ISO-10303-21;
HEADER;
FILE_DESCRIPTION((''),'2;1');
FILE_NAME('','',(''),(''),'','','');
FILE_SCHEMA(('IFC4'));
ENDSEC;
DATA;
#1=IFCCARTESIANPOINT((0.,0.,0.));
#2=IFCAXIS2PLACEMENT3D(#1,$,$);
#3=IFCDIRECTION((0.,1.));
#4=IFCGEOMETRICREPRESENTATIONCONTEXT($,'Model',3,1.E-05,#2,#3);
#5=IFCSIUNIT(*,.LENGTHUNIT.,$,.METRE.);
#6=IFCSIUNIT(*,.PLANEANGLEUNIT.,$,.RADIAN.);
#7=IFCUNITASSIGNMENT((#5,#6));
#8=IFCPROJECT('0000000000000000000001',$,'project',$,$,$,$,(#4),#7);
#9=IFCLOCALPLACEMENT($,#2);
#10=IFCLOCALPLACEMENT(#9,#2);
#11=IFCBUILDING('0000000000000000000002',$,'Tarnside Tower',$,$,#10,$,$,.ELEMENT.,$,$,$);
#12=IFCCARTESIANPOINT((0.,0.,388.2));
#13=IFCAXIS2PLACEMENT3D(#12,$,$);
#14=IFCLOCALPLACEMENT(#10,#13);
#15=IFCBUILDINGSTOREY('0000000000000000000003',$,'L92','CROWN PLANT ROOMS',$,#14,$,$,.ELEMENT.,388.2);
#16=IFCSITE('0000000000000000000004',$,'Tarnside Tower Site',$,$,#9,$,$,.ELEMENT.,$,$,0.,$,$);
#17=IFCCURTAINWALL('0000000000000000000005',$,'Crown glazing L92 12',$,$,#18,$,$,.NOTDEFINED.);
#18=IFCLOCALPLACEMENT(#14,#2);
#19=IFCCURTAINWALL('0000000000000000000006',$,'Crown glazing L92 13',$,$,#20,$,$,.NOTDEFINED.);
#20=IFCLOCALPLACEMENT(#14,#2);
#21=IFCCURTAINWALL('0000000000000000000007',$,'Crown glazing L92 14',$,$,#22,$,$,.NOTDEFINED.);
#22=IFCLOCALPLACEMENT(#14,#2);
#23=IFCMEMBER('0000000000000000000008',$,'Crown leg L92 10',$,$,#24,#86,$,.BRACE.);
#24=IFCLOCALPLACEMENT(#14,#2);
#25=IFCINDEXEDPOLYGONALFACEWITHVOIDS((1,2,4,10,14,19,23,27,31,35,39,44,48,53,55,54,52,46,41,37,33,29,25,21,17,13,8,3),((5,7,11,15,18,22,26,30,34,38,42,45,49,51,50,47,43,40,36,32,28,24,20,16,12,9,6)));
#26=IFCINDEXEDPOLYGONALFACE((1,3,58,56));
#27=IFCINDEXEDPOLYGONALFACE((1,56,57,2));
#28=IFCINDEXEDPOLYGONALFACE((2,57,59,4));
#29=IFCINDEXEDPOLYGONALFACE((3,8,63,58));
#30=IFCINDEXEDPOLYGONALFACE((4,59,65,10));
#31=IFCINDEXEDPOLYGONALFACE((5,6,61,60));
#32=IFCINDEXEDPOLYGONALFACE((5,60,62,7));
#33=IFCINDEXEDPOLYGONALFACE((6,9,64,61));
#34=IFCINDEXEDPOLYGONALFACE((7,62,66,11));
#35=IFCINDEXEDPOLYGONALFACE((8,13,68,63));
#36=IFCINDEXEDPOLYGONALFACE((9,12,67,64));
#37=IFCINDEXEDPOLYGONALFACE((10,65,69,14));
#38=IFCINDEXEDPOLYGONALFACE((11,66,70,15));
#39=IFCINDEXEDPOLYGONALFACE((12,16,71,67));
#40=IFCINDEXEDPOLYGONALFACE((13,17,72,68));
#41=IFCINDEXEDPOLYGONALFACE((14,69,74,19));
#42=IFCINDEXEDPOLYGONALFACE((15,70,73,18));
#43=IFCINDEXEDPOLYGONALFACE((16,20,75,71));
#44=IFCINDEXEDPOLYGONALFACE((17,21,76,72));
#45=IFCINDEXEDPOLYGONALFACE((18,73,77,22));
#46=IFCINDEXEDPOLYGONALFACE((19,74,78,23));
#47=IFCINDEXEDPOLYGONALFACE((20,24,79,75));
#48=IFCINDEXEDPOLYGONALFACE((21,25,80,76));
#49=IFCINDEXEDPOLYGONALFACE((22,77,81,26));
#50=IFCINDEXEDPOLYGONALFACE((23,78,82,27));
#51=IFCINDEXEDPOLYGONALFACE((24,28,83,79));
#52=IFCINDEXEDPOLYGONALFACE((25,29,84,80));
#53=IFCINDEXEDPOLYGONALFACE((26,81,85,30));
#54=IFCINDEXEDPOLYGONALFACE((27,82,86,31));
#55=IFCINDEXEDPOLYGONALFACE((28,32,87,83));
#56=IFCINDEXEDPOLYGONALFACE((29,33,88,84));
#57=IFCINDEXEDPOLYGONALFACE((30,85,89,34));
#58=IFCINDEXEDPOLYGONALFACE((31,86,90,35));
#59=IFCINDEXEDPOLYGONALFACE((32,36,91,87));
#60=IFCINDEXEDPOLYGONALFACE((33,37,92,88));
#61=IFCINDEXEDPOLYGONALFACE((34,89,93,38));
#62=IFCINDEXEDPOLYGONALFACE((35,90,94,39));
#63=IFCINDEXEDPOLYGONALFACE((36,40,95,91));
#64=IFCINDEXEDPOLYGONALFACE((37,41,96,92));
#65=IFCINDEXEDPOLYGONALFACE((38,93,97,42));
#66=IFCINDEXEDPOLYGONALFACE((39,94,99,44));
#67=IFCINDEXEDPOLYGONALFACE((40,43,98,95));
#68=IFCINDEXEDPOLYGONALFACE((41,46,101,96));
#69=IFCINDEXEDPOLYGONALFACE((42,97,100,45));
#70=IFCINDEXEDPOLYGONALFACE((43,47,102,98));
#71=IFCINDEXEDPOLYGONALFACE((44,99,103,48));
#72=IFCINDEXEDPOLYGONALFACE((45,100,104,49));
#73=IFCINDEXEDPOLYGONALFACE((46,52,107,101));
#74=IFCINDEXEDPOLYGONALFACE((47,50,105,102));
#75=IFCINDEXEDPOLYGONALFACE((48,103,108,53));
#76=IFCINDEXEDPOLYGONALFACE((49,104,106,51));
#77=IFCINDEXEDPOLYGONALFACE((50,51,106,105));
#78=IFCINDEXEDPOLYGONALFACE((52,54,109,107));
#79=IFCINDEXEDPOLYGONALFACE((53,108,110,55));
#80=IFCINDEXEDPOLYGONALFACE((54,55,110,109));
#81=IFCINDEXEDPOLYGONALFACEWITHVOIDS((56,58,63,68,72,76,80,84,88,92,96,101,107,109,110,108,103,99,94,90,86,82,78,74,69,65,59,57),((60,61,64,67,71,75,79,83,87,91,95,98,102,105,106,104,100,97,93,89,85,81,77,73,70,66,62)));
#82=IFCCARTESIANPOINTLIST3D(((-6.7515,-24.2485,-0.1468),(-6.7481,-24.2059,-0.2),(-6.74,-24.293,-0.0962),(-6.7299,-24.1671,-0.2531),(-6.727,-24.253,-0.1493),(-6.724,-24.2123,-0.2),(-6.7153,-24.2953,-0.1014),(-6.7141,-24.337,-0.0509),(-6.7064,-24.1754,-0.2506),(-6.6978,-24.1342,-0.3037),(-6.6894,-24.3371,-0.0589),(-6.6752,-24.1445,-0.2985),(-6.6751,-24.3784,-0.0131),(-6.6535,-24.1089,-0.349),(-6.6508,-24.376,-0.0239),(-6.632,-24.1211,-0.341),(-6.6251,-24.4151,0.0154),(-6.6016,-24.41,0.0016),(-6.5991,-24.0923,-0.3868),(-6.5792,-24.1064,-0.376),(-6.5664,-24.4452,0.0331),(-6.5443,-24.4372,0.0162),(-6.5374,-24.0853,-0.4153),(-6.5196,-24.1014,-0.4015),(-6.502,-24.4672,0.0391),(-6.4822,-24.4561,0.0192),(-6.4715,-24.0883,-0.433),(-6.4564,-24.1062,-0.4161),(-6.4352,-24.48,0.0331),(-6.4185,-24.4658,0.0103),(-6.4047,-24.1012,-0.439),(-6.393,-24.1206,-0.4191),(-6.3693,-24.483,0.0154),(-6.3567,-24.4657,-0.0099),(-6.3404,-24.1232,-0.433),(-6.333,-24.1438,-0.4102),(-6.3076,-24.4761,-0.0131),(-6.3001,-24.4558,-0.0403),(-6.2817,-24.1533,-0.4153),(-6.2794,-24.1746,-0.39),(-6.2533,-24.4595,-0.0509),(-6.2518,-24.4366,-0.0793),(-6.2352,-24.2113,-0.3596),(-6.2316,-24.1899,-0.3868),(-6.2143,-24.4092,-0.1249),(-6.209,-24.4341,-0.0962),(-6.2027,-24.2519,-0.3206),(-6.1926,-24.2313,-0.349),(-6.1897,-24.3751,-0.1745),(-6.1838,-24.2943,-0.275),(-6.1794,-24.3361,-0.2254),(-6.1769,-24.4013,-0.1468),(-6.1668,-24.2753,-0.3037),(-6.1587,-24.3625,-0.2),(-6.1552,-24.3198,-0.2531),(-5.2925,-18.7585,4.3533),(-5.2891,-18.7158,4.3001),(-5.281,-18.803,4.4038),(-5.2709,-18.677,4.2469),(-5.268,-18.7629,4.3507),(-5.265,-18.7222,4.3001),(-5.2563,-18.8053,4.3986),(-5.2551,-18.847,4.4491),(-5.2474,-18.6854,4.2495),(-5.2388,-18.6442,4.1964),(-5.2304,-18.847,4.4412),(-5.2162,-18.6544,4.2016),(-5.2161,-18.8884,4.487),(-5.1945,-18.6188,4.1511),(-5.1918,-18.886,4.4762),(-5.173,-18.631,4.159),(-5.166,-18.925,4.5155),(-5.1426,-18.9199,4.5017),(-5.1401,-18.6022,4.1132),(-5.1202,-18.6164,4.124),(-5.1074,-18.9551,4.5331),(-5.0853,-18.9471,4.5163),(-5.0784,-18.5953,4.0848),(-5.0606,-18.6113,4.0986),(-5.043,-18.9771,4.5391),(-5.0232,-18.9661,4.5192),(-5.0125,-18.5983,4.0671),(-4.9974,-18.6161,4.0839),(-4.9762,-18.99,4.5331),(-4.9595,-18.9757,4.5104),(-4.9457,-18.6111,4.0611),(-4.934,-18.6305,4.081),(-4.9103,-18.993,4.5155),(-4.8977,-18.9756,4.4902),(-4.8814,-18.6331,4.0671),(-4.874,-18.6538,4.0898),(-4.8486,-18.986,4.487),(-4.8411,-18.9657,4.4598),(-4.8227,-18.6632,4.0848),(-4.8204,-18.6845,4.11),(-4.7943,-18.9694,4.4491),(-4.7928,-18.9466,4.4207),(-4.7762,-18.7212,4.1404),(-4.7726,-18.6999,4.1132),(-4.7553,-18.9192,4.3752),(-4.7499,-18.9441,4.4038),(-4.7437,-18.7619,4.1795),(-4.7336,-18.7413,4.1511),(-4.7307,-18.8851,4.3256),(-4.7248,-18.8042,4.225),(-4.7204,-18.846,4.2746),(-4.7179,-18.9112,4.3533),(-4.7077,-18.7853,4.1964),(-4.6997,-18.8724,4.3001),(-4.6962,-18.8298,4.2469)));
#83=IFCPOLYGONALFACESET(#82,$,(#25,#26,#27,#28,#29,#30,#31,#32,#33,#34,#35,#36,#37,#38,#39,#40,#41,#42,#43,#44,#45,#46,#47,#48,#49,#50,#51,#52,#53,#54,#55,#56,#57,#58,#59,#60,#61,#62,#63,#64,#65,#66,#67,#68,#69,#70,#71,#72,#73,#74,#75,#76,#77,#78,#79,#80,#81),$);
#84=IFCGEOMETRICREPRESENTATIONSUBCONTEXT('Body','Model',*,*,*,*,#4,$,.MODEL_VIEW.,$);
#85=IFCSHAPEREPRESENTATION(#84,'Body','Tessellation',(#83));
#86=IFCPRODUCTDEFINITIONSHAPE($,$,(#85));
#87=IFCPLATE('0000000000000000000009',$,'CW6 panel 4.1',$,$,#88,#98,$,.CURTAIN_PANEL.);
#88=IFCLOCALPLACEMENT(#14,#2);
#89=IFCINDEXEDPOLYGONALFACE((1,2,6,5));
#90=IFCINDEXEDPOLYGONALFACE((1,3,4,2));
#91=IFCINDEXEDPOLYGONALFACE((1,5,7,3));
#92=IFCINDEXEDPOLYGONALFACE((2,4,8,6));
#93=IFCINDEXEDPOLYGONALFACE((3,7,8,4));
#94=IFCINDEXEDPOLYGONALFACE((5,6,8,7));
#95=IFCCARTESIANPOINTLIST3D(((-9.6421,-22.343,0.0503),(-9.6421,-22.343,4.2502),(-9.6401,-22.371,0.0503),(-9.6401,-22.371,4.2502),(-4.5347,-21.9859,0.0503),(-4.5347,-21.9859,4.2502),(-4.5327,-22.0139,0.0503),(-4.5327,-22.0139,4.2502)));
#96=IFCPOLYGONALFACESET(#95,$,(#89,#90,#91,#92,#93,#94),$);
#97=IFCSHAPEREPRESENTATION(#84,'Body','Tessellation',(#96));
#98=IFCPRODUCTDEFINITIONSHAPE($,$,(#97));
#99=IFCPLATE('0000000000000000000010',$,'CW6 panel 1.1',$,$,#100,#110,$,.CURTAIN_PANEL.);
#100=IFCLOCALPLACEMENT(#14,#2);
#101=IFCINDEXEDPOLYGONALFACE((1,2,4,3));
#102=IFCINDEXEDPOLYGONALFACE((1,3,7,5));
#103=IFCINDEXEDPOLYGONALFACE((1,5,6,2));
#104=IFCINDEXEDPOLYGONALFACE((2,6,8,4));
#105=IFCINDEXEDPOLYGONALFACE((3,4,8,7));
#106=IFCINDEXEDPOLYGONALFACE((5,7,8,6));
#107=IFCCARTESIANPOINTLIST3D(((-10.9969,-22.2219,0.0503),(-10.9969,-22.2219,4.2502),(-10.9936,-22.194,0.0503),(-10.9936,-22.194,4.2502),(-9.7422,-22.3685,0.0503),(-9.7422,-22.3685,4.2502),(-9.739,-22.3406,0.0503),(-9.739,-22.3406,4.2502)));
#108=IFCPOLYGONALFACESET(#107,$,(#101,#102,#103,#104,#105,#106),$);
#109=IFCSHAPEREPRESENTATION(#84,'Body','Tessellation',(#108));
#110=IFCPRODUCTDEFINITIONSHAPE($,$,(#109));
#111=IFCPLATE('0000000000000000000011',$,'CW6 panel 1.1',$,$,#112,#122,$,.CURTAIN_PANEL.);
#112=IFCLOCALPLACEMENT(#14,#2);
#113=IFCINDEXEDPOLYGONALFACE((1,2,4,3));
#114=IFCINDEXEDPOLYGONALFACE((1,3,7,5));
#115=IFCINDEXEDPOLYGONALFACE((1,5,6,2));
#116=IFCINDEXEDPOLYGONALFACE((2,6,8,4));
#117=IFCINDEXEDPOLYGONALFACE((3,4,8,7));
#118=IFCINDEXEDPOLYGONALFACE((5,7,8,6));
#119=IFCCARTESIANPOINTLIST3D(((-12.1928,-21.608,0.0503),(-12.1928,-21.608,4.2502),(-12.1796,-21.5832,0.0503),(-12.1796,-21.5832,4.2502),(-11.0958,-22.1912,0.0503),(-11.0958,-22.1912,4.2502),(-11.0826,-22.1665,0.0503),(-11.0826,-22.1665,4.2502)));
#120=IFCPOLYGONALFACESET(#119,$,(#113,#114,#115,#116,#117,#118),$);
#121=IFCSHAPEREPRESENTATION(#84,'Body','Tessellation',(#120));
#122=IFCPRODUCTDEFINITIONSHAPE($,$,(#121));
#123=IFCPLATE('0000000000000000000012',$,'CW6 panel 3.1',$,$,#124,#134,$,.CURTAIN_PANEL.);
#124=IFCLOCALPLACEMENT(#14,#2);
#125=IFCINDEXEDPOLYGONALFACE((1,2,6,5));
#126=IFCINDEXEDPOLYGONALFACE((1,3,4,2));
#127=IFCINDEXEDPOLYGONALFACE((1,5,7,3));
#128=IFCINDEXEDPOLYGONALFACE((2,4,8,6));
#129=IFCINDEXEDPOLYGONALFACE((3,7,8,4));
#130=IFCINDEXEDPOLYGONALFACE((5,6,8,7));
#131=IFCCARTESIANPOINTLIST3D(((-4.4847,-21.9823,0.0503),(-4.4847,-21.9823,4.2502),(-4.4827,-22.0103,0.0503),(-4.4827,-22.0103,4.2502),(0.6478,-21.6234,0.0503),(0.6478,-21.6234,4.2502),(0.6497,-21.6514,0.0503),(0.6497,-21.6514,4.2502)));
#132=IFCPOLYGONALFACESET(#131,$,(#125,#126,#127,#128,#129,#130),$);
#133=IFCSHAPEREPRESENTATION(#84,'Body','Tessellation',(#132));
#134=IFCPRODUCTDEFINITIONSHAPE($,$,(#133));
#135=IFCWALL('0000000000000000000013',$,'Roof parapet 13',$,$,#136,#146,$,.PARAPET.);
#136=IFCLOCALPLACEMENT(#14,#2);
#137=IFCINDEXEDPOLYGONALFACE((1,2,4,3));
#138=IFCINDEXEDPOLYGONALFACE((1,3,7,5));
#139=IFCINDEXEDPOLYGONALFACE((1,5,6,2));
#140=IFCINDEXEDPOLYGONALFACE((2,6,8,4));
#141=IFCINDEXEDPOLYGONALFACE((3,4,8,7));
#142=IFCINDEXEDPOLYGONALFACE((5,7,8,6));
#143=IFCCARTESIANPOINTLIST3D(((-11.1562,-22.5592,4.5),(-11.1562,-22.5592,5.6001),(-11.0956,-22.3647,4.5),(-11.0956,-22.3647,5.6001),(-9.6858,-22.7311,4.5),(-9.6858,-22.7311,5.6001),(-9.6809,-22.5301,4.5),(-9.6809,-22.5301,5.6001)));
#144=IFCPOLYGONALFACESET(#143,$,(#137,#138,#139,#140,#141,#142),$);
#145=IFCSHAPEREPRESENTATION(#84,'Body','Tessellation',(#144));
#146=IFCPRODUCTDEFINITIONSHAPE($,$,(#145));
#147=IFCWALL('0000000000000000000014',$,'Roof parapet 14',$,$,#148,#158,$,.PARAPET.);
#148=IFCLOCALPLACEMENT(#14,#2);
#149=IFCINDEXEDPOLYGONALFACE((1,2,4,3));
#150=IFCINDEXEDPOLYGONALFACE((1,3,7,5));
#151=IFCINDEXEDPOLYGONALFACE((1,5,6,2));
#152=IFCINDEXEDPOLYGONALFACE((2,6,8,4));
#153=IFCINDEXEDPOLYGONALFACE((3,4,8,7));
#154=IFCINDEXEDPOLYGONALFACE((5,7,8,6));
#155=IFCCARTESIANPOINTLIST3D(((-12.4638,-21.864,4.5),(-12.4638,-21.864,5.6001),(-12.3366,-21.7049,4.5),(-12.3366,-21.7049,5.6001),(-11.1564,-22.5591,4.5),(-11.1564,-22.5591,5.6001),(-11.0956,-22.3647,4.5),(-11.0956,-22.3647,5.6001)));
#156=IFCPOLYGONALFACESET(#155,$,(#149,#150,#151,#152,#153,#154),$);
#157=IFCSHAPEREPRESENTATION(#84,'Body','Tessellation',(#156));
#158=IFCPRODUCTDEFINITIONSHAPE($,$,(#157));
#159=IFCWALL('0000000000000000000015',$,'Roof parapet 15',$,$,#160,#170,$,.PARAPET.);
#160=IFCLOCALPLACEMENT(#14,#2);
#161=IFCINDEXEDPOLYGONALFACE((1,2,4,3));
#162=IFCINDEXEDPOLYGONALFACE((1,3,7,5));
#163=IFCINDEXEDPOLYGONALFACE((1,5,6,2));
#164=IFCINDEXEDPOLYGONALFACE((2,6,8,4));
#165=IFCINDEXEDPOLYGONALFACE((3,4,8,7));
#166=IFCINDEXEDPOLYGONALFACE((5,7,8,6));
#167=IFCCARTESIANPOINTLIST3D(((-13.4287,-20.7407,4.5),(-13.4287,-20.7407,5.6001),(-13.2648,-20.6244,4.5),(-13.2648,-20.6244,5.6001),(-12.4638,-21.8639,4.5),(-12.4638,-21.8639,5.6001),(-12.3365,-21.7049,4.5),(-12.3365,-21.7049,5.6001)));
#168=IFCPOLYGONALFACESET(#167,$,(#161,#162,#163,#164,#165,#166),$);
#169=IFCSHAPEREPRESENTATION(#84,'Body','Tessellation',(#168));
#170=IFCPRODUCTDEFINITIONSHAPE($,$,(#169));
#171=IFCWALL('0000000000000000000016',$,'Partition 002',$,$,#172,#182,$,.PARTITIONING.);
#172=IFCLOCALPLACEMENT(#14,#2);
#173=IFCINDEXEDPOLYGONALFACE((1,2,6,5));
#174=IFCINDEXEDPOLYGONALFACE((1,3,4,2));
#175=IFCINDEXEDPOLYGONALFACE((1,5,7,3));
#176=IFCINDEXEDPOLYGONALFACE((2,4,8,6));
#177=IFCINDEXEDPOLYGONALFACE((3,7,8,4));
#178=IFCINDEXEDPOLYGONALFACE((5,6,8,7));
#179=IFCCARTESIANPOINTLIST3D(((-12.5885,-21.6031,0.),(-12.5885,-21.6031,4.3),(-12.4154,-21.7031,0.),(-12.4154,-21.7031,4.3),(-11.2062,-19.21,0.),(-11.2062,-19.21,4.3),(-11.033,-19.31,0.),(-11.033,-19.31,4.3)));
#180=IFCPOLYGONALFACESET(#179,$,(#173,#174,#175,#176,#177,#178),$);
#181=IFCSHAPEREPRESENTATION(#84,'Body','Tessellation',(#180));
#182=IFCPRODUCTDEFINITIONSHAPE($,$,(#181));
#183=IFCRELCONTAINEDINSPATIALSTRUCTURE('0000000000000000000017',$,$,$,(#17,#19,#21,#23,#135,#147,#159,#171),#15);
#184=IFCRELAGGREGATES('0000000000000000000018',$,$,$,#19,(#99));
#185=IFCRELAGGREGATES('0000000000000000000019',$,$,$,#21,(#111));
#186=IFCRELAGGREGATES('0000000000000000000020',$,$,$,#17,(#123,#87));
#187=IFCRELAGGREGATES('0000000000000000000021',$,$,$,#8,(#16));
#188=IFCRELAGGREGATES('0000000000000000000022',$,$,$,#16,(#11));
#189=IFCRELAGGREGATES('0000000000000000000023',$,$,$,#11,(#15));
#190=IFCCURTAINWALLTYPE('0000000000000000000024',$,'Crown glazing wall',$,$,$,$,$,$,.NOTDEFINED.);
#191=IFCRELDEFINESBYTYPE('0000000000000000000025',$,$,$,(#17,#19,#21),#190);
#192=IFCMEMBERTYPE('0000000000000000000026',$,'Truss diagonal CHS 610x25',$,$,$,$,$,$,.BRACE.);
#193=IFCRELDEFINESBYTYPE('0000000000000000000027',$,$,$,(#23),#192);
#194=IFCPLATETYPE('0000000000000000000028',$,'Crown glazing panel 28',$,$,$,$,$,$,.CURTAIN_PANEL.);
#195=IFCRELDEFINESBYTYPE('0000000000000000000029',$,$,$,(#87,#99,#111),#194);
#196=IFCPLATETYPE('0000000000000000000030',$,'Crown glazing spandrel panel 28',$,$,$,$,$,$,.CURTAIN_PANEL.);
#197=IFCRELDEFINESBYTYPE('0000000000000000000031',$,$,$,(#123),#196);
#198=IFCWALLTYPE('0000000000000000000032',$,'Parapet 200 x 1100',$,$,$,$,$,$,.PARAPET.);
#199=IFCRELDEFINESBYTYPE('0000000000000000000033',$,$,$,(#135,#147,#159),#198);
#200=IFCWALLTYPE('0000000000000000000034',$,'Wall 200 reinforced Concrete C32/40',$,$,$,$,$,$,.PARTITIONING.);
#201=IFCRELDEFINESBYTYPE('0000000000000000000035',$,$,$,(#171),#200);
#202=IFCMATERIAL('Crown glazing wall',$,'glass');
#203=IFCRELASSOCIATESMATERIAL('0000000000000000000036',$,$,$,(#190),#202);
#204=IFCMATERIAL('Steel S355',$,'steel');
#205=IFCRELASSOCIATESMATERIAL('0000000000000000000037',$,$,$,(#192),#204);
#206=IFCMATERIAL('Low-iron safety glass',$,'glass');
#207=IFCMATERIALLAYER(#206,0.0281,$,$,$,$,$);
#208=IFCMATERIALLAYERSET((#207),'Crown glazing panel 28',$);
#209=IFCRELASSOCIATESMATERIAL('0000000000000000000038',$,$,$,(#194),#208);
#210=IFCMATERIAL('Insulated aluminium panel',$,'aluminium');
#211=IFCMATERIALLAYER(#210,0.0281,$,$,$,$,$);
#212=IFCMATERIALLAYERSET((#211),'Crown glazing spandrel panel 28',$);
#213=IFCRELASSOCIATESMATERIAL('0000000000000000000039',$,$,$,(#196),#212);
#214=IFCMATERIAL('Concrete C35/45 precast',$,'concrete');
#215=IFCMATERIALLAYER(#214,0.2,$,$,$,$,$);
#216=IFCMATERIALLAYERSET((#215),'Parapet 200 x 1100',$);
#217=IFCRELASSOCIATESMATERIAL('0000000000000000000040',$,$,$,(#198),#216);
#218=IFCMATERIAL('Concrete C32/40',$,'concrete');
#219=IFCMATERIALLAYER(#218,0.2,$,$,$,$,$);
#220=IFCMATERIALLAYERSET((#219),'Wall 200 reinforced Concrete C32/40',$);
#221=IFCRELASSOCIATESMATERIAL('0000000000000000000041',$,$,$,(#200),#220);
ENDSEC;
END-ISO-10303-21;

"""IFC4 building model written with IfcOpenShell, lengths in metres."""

from ifc_helpers import new_model, si_unit, direction, frame, frame_2d, origin, origin_2d, place, context, subcontext, project, spatial, polyline, rectangle, hollow_circle, outline, extrude, material, layer, layer_set, material_profile, profile_set, type_object, element, aggregate, save


model = new_model("IFC4")

# Units and contexts
model_context = context("Model", 3, precision=1e-05, world=origin(), true_north=direction((0.0, 1.0)))
body_context = subcontext(model_context, "Body", "Model", "MODEL_VIEW")
ifc_project = project(units=[si_unit("LENGTHUNIT", "METRE"), si_unit("PLANEANGLEUNIT", "RADIAN")], contexts=[model_context])

# Site, building, storey
site_placement = place(None, origin())
site = spatial("IfcSite", under=ifc_project, at=site_placement, Name="Tarnside Tower Site", CompositionType="ELEMENT", RefElevation=0.0)
building_placement = place(site_placement, origin())
building = spatial("IfcBuilding", under=site, at=building_placement, Name="Tarnside Tower", CompositionType="ELEMENT")
storey_placement = place(building_placement, frame((0.0, 0.0, 388.2)))
storey = spatial("IfcBuildingStorey", under=building, at=storey_placement, Name="L92", Description="CROWN PLANT ROOMS", CompositionType="ELEMENT", Elevation=388.2)

# Curtain walls
ifc_material_1 = material(Name="Crown glazing wall", Category="glass")
curtain_wall_type = type_object("IfcCurtainWallType", Name="Crown glazing wall", PredefinedType="NOTDEFINED", material=ifc_material_1)
curtain_wall_1_placement = place(storey_placement, origin())
curtain_wall_1 = element("IfcCurtainWall", 1, at=curtain_wall_1_placement, inside=storey, type_object=curtain_wall_type, Name="Crown glazing L92 12", PredefinedType="NOTDEFINED")
curtain_wall_2_placement = place(storey_placement, origin())
curtain_wall_2 = element("IfcCurtainWall", 2, at=curtain_wall_2_placement, inside=storey, type_object=curtain_wall_type, Name="Crown glazing L92 13", PredefinedType="NOTDEFINED")
curtain_wall_3_placement = place(storey_placement, origin())
curtain_wall_3 = element("IfcCurtainWall", 3, at=curtain_wall_3_placement, inside=storey, type_object=curtain_wall_type, Name="Crown glazing L92 14", PredefinedType="NOTDEFINED")

# Member
ifc_material_2 = material(Name="Steel S355", Category="steel")
ifc_material_profile_1 = material_profile(ifc_material_2, hollow_circle(Radius=0.3049, WallThickness=0.0249, at=origin_2d()), Name="CHS 610x25")
ifc_profile_set_1 = profile_set([ifc_material_profile_1], Name="Steel S355")
member_type_1 = type_object("IfcMemberType", Name="Truss diagonal CHS 610x25", PredefinedType="BRACE", material=ifc_profile_set_1)
member_1_placement = place(storey_placement, frame((-6.4534, -24.2842, -0.2), z_axis=(0.201323, 0.757556, 0.620949), x_axis=(-0.966454, 0.256839, 0.0)))
element("IfcMember", 4, at=member_1_placement, inside=storey, type_object=member_type_1, Name="Crown leg L92 10", PredefinedType="BRACE", context=body_context, shape_type="SweptSolid", body=[
    extrude(hollow_circle(Radius=0.3049, WallThickness=0.0249, at=origin_2d()), origin(), (0.0, 0.0, 1.0), 7.2471),
])

# Plates
ifc_material_3 = material(Name="Low-iron safety glass", Category="glass")
ifc_layer_1 = layer(ifc_material_3, 0.0281)
ifc_layer_set_1 = layer_set([ifc_layer_1], Name="Crown glazing panel 28")
plate_type_1 = type_object("IfcPlateType", Name="Crown glazing panel 28", PredefinedType="CURTAIN_PANEL", material=ifc_layer_set_1)
plate_1_placement = place(storey_placement, frame((-7.0874, -22.1785, 0.0503), z_axis=(0.0, 0.0, 1.0), x_axis=(-0.997564, -0.069756, 0.0)))
plate_1 = element("IfcPlate", 5, at=plate_1_placement, type_object=plate_type_1, Name="CW6 panel 4.1", PredefinedType="CURTAIN_PANEL", context=body_context, shape_type="SweptSolid", body=[
    extrude(rectangle(XDim=5.1199, YDim=0.0281, at=origin_2d()), origin(), (0.0, 0.0, 1.0), 4.2),
])
plate_2_placement = place(storey_placement, frame((-10.3679, -22.2812, 0.0503), z_axis=(0.0, 0.0, 1.0), x_axis=(-0.993238, 0.116093, 0.0)))
plate_2 = element("IfcPlate", 6, at=plate_2_placement, type_object=plate_type_1, Name="CW6 panel 1.1", PredefinedType="CURTAIN_PANEL", context=body_context, shape_type="SweptSolid", body=[
    extrude(rectangle(XDim=1.2632, YDim=0.0281, at=origin_2d()), origin(), (0.0, 0.0, 1.0), 4.2),
])
aggregate(curtain_wall_2, [plate_2])
plate_3_placement = place(storey_placement, frame((-11.6377, -21.8872, 0.0503), z_axis=(0.0, 0.0, 1.0), x_axis=(-0.882948, 0.469472, 0.0)))
plate_3 = element("IfcPlate", 7, at=plate_3_placement, type_object=plate_type_1, Name="CW6 panel 1.1", PredefinedType="CURTAIN_PANEL", context=body_context, shape_type="SweptSolid", body=[
    extrude(rectangle(XDim=1.2424, YDim=0.0281, at=origin_2d()), origin(), (0.0, 0.0, 1.0), 4.2),
])
aggregate(curtain_wall_3, [plate_3])
ifc_material_4 = material(Name="Insulated aluminium panel", Category="aluminium")
ifc_layer_2 = layer(ifc_material_4, 0.0281)
ifc_layer_set_2 = layer_set([ifc_layer_2], Name="Crown glazing spandrel panel 28")
plate_type_2 = type_object("IfcPlateType", Name="Crown glazing spandrel panel 28", PredefinedType="CURTAIN_PANEL", material=ifc_layer_set_2)
plate_4_placement = place(storey_placement, frame((-1.9175, -21.8169, 0.0503), z_axis=(0.0, 0.0, 1.0), x_axis=(-0.997564, -0.069756, 0.0)))
plate_4 = element("IfcPlate", 8, at=plate_4_placement, type_object=plate_type_2, Name="CW6 panel 3.1", PredefinedType="CURTAIN_PANEL", context=body_context, shape_type="SweptSolid", body=[
    extrude(rectangle(XDim=5.145, YDim=0.0281, at=origin_2d()), origin(), (0.0, 0.0, 1.0), 4.2),
])
aggregate(curtain_wall_1, [plate_4, plate_1])

# Walls
ifc_material_5 = material(Name="Concrete C35/45 precast", Category="concrete")
ifc_layer_3 = layer(ifc_material_5, 0.2)
ifc_layer_set_3 = layer_set([ifc_layer_3], Name="Parapet 200 x 1100")
wall_type_1 = type_object("IfcWallType", Name="Parapet 200 x 1100", PredefinedType="PARAPET", material=ifc_layer_set_3)
wall_1_placement = place(storey_placement, frame((-9.6833, -22.6306, 4.5), z_axis=(0.0, 0.0, 1.0), x_axis=(-0.993232, 0.116149, 0.0)))
element("IfcWall", 9, at=wall_1_placement, inside=storey, type_object=wall_type_1, Name="Roof parapet 13", PredefinedType="PARAPET", context=body_context, shape_type="SweptSolid", body=[
    extrude(outline(polyline([(0.0093, -0.1001), (1.4336, -0.1001), (1.4712, 0.1001), (-0.0093, 0.1001), (0.0093, -0.1001)])), origin(), (0.0, 0.0, 1.0), 1.1001),
])
wall_2_placement = place(storey_placement, frame((-11.126, -22.4619, 4.5), z_axis=(0.0, 0.0, 1.0), x_axis=(-0.882947, 0.469473, 0.0)))
element("IfcWall", 10, at=wall_2_placement, inside=storey, type_object=wall_type_1, Name="Roof parapet 14", PredefinedType="PARAPET", context=body_context, shape_type="SweptSolid", body=[
    extrude(outline(polyline([(0.0188, -0.1001), (1.4243, -0.1001), (1.4619, 0.1001), (-0.0188, 0.1001), (0.0188, -0.1001)])), origin(), (0.0, 0.0, 1.0), 1.1001),
])
wall_3_placement = place(storey_placement, frame((-12.4001, -21.7844, 4.5), z_axis=(0.0, 0.0, 1.0), x_axis=(-0.651635, 0.758532, 0.0)))
element("IfcWall", 11, at=wall_3_placement, inside=storey, type_object=wall_type_1, Name="Roof parapet 15", PredefinedType="PARAPET", context=body_context, shape_type="SweptSolid", body=[
    extrude(outline(polyline([(0.0188, -0.1001), (1.4434, -0.1001), (1.4619, 0.1001), (-0.0188, 0.1001), (0.0188, -0.1001)])), origin(), (0.0, 0.0, 1.0), 1.1001),
])
ifc_material_6 = material(Name="Concrete C32/40", Category="concrete")
ifc_layer_4 = layer(ifc_material_6, 0.2)
ifc_layer_set_4 = layer_set([ifc_layer_4], Name="Wall 200 reinforced Concrete C32/40")
wall_type_2 = type_object("IfcWallType", Name="Wall 200 reinforced Concrete C32/40", PredefinedType="PARTITIONING", material=ifc_layer_set_4)
wall_4_placement = place(storey_placement, frame((-12.502, -21.6531, 0.0), z_axis=(0.0, 0.0, 1.0), x_axis=(0.500186, 0.865918, 0.0)))
element("IfcWall", 12, at=wall_4_placement, inside=storey, type_object=wall_type_2, Name="Partition 002", PredefinedType="PARTITIONING", context=body_context, shape_type="SweptSolid", body=[
    extrude(rectangle(XDim=2.7637, YDim=0.2, at=frame_2d((1.3818, 0.0))), origin(), (0.0, 0.0, 1.0), 4.3),
])

save(model, "model.ifc")
